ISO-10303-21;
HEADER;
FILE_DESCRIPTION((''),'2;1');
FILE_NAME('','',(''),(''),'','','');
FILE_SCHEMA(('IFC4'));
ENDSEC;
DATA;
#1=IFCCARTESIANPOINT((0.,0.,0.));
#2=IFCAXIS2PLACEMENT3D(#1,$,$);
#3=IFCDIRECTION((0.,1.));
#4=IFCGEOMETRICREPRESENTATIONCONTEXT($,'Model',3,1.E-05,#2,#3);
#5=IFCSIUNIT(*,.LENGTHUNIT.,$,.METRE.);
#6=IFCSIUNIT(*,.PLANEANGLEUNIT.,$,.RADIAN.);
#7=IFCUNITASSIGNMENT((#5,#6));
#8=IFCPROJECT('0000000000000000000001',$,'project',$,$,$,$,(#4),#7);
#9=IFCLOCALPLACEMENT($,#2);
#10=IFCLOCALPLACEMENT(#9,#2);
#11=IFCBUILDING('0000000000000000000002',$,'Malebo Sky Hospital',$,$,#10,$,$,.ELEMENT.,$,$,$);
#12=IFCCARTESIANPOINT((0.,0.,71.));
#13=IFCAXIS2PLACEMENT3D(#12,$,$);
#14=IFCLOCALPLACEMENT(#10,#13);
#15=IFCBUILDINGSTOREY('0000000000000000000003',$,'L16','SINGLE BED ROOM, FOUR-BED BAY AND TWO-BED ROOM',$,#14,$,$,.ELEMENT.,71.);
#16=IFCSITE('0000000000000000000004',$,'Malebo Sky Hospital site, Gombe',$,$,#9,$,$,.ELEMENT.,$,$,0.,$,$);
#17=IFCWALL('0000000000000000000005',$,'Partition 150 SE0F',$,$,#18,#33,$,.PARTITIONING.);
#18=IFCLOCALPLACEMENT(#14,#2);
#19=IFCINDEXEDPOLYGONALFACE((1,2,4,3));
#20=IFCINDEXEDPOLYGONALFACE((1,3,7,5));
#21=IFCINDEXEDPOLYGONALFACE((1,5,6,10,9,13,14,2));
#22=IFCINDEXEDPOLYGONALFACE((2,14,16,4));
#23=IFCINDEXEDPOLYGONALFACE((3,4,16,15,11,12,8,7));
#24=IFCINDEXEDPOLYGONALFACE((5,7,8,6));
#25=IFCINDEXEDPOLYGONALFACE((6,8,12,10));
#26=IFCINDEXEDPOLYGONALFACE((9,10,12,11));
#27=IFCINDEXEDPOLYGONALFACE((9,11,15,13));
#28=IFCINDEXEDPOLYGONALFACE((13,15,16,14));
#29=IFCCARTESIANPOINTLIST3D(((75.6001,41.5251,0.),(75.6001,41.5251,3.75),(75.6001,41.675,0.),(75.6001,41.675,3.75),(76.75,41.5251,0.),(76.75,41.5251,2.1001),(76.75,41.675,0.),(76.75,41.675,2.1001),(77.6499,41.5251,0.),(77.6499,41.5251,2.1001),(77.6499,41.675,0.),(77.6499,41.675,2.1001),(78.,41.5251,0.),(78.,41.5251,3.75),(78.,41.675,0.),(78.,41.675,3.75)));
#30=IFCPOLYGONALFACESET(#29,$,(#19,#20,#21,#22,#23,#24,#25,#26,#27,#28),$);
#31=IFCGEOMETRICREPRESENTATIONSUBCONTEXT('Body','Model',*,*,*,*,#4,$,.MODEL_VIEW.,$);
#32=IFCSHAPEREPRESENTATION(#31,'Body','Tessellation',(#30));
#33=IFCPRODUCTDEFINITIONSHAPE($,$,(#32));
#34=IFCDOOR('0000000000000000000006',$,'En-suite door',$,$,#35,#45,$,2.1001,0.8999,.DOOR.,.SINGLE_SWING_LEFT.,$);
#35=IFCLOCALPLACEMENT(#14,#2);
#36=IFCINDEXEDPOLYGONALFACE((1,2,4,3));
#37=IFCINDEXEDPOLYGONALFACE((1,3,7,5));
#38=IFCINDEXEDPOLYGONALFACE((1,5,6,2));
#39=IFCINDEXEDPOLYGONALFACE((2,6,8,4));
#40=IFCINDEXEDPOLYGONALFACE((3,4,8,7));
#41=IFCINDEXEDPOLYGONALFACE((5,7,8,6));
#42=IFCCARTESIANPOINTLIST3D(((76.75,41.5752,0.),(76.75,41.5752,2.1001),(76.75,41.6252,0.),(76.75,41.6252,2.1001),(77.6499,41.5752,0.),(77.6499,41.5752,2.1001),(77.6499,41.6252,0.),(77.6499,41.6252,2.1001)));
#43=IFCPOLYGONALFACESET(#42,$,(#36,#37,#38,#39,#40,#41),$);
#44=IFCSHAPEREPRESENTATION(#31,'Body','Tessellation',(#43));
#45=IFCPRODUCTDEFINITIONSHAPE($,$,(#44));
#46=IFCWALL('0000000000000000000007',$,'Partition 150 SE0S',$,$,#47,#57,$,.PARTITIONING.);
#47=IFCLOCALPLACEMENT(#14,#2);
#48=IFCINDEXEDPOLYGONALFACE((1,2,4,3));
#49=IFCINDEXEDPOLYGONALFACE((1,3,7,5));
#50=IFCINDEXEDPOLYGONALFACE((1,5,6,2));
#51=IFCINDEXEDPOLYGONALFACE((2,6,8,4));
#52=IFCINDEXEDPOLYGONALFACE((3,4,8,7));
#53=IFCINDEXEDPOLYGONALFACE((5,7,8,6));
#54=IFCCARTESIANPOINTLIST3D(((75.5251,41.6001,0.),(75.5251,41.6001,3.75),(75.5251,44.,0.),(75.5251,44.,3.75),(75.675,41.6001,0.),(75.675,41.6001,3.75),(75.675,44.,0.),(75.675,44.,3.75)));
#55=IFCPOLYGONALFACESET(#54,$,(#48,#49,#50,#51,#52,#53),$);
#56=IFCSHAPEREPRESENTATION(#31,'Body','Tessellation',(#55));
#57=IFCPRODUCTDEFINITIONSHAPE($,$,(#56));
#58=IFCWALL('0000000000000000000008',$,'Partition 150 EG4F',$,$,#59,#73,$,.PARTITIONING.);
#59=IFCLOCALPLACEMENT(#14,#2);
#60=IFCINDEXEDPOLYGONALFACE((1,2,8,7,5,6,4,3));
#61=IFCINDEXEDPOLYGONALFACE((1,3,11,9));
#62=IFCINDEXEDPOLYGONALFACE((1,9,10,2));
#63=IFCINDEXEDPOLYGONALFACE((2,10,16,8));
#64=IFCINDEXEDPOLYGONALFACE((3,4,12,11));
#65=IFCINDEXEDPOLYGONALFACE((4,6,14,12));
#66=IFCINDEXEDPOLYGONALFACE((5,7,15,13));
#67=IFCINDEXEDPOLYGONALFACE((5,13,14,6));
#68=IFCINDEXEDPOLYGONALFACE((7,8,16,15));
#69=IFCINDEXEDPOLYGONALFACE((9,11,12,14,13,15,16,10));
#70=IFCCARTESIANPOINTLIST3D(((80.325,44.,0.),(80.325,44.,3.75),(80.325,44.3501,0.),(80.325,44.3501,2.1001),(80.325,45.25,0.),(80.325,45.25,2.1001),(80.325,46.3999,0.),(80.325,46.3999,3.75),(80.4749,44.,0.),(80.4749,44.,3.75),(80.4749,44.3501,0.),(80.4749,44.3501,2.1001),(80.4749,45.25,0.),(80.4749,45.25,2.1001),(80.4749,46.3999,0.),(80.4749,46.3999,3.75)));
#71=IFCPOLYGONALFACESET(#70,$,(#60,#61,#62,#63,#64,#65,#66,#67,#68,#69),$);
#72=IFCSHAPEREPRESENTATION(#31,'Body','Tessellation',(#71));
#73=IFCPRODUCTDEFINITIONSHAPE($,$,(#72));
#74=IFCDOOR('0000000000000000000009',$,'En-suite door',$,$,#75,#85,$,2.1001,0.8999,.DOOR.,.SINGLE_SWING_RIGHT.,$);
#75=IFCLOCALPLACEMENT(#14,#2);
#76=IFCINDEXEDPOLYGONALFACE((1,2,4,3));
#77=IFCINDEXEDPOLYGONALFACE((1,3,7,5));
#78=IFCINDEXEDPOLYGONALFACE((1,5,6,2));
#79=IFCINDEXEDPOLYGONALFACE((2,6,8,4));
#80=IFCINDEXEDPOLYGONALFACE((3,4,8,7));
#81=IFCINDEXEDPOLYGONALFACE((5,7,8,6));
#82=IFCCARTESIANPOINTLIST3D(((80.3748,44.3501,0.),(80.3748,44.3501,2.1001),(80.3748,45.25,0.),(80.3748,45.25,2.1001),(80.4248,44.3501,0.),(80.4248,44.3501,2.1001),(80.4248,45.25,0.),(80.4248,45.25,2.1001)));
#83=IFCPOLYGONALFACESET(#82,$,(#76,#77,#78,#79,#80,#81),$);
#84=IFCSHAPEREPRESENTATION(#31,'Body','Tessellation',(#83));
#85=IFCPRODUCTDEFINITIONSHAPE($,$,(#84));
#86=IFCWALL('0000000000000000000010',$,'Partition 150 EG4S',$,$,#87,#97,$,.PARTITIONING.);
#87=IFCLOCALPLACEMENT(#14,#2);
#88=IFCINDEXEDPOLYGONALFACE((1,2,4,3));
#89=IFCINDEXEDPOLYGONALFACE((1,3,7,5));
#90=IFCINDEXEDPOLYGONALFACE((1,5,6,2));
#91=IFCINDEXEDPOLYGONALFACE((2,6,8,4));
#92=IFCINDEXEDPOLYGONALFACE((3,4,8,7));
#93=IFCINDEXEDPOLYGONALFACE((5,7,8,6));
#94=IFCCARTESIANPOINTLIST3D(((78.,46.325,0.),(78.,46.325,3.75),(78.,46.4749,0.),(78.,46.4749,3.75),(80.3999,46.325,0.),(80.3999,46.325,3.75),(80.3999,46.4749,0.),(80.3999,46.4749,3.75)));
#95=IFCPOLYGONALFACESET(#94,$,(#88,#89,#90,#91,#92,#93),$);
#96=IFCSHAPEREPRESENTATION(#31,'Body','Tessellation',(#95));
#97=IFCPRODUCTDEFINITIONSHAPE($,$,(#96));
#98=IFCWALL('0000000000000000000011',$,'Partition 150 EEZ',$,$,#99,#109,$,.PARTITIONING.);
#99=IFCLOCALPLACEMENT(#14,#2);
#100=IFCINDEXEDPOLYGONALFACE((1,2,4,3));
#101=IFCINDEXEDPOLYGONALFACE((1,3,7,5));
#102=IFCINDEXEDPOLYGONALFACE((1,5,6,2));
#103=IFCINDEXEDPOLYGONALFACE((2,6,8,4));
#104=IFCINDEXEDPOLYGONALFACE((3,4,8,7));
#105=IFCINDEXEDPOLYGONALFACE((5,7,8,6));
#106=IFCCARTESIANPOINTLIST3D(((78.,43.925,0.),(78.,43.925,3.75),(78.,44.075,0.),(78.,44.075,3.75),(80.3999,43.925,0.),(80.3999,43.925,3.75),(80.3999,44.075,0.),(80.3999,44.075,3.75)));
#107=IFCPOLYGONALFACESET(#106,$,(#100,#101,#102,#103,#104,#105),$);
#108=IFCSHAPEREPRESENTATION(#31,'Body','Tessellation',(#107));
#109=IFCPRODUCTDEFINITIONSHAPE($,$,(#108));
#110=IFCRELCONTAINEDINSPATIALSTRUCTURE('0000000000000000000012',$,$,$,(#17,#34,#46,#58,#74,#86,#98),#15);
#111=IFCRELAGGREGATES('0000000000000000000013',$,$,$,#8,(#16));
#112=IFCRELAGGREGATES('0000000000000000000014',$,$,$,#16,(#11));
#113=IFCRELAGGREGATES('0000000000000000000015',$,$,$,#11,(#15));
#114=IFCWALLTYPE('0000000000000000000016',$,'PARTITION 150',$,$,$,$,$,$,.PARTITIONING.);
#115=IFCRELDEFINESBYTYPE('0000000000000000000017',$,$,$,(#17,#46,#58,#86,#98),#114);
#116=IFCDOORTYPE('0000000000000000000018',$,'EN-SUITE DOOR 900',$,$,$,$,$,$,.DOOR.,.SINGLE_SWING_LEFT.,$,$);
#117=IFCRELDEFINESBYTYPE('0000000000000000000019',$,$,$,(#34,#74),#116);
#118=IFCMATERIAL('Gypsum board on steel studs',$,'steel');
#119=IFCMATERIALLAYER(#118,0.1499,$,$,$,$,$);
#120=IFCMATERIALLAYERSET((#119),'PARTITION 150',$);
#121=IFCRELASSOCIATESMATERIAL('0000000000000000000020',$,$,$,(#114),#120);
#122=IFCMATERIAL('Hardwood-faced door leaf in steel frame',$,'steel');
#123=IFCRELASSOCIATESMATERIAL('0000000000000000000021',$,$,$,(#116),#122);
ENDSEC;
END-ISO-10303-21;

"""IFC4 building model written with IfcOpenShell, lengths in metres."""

from ifc_helpers import new_model, si_unit, direction, frame, frame_2d, origin, place, context, subcontext, project, spatial, rectangle, extrude, material, layer, layer_set, type_object, element, fill, save


model = new_model("IFC4")

# Units and contexts
model_context = context("Model", 3, precision=1e-05, world=origin(), true_north=direction((0.0, 1.0)))
body_context = subcontext(model_context, "Body", "Model", "MODEL_VIEW")
ifc_project = project(units=[si_unit("LENGTHUNIT", "METRE"), si_unit("PLANEANGLEUNIT", "RADIAN")], contexts=[model_context])

# Site, building, storey
site_placement = place(None, origin())
site = spatial("IfcSite", under=ifc_project, at=site_placement, Name="Malebo Sky Hospital site, Gombe", CompositionType="ELEMENT", RefElevation=0.0)
building_placement = place(site_placement, origin())
building = spatial("IfcBuilding", under=site, at=building_placement, Name="Malebo Sky Hospital", CompositionType="ELEMENT")
storey_placement = place(building_placement, frame((0.0, 0.0, 71.0)))
storey = spatial("IfcBuildingStorey", under=building, at=storey_placement, Name="L16", Description="SINGLE BED ROOM, FOUR-BED BAY AND TWO-BED ROOM", CompositionType="ELEMENT", Elevation=71.0)

# Shared definitions
ifc_material_1 = material(Name="Gypsum board on steel studs", Category="steel")
ifc_material_2 = material(Name="Hardwood-faced door leaf in steel frame", Category="steel")

# Shared definitions
ifc_layer_1 = layer(ifc_material_1, 0.1499)
ifc_layer_set_1 = layer_set([ifc_layer_1], Name="PARTITION 150")
wall_type_1 = type_object("IfcWallType", Name="PARTITION 150", PredefinedType="PARTITIONING", material=ifc_layer_set_1)

# Wall, opening, door
wall_1_placement = place(storey_placement, frame((78.0, 41.6001, 0.0), z_axis=(0.0, 0.0, 1.0), x_axis=(-1.0, 0.0, 0.0)))
wall_1 = element("IfcWall", 1, at=wall_1_placement, inside=storey, type_object=wall_type_1, Name="Partition 150 SE0F", PredefinedType="PARTITIONING", context=body_context, shape_type="SweptSolid", body=[
    extrude(rectangle(XDim=2.3999, YDim=0.1499, at=frame_2d((1.2, 0.0))), origin(), (0.0, 0.0, 1.0), 3.75),
])
opening_1_placement = place(wall_1_placement, frame((0.3501, 0.0, 0.0)))
opening_1 = element("IfcOpeningElement", 2, at=opening_1_placement, cuts=wall_1, PredefinedType="OPENING", context=body_context, shape_type="SweptSolid", body=[
    extrude(rectangle(XDim=0.8999, YDim=2.1001, at=frame_2d((0.45, 1.05))), frame((0.0, 0.085, 0.0), z_axis=(0.0, -1.0, 0.0), x_axis=(1.0, 0.0, 0.0)), (0.0, 0.0, 1.0), 0.1699),
])
door_type_1 = type_object("IfcDoorType", Name="EN-SUITE DOOR 900", OperationType="SINGLE_SWING_LEFT", PredefinedType="DOOR", material=ifc_material_2)
door_1_placement = place(opening_1_placement, origin())
door_1 = element("IfcDoor", 3, at=door_1_placement, inside=storey, type_object=door_type_1, Name="En-suite door", OperationType="SINGLE_SWING_LEFT", OverallHeight=2.1001, OverallWidth=0.8999, PredefinedType="DOOR", context=body_context, shape_type="SweptSolid", body=[
    extrude(rectangle(XDim=0.8999, YDim=2.1001, at=frame_2d((0.45, 1.05))), frame((0.0, 0.0249, 0.0), z_axis=(0.0, -1.0, 0.0), x_axis=(1.0, 0.0, 0.0)), (0.0, 0.0, 1.0), 0.05),
])
fill(opening_1, door_1)

# Wall
wall_2_placement = place(storey_placement, frame((75.6001, 44.0, 0.0), z_axis=(0.0, 0.0, 1.0), x_axis=(0.0, -1.0, 0.0)))
element("IfcWall", 4, at=wall_2_placement, inside=storey, type_object=wall_type_1, Name="Partition 150 SE0S", PredefinedType="PARTITIONING", context=body_context, shape_type="SweptSolid", body=[
    extrude(rectangle(XDim=2.3999, YDim=0.1499, at=frame_2d((1.2, 0.0))), origin(), (0.0, 0.0, 1.0), 3.75),
])

# Wall, opening, door
wall_3_placement = place(storey_placement, frame((80.3999, 46.3999, 0.0), z_axis=(0.0, 0.0, 1.0), x_axis=(0.0, -1.0, 0.0)))
wall_3 = element("IfcWall", 5, at=wall_3_placement, inside=storey, type_object=wall_type_1, Name="Partition 150 EG4F", PredefinedType="PARTITIONING", context=body_context, shape_type="SweptSolid", body=[
    extrude(rectangle(XDim=2.3999, YDim=0.1499, at=frame_2d((1.2, 0.0))), origin(), (0.0, 0.0, 1.0), 3.75),
])
opening_2_placement = place(wall_3_placement, frame((1.1499, 0.0, 0.0)))
opening_2 = element("IfcOpeningElement", 6, at=opening_2_placement, cuts=wall_3, PredefinedType="OPENING", context=body_context, shape_type="SweptSolid", body=[
    extrude(rectangle(XDim=0.8999, YDim=2.1001, at=frame_2d((0.45, 1.05))), frame((0.0, 0.085, 0.0), z_axis=(0.0, -1.0, 0.0), x_axis=(1.0, 0.0, 0.0)), (0.0, 0.0, 1.0), 0.1699),
])
door_2_placement = place(opening_2_placement, origin())
door_2 = element("IfcDoor", 7, at=door_2_placement, inside=storey, type_object=door_type_1, Name="En-suite door", OperationType="SINGLE_SWING_RIGHT", OverallHeight=2.1001, OverallWidth=0.8999, PredefinedType="DOOR", context=body_context, shape_type="SweptSolid", body=[
    extrude(rectangle(XDim=0.8999, YDim=2.1001, at=frame_2d((0.45, 1.05))), frame((0.0, 0.0249, 0.0), z_axis=(0.0, -1.0, 0.0), x_axis=(1.0, 0.0, 0.0)), (0.0, 0.0, 1.0), 0.05),
])
fill(opening_2, door_2)

# Walls
for number, where, z_axis, x_axis, name in (
    (8, (78.0, 46.3999, 0.0), (0.0, 0.0, 1.0), (1.0, 0.0, 0.0), "Partition 150 EG4S"),
    (9, (78.0, 44.0, 0.0), (0.0, 0.0, 1.0), (1.0, 0.0, 0.0), "Partition 150 EEZ"),
):
    element("IfcWall", number, at=place(storey_placement, frame(where, z_axis=z_axis, x_axis=x_axis)), inside=storey, type_object=wall_type_1, Name=name, PredefinedType="PARTITIONING", context=body_context, shape_type="SweptSolid", body=[
        extrude(rectangle(XDim=2.3999, YDim=0.1499, at=frame_2d((1.2, 0.0))), origin(), (0.0, 0.0, 1.0), 3.75),
    ])

save(model, "model.ifc")
